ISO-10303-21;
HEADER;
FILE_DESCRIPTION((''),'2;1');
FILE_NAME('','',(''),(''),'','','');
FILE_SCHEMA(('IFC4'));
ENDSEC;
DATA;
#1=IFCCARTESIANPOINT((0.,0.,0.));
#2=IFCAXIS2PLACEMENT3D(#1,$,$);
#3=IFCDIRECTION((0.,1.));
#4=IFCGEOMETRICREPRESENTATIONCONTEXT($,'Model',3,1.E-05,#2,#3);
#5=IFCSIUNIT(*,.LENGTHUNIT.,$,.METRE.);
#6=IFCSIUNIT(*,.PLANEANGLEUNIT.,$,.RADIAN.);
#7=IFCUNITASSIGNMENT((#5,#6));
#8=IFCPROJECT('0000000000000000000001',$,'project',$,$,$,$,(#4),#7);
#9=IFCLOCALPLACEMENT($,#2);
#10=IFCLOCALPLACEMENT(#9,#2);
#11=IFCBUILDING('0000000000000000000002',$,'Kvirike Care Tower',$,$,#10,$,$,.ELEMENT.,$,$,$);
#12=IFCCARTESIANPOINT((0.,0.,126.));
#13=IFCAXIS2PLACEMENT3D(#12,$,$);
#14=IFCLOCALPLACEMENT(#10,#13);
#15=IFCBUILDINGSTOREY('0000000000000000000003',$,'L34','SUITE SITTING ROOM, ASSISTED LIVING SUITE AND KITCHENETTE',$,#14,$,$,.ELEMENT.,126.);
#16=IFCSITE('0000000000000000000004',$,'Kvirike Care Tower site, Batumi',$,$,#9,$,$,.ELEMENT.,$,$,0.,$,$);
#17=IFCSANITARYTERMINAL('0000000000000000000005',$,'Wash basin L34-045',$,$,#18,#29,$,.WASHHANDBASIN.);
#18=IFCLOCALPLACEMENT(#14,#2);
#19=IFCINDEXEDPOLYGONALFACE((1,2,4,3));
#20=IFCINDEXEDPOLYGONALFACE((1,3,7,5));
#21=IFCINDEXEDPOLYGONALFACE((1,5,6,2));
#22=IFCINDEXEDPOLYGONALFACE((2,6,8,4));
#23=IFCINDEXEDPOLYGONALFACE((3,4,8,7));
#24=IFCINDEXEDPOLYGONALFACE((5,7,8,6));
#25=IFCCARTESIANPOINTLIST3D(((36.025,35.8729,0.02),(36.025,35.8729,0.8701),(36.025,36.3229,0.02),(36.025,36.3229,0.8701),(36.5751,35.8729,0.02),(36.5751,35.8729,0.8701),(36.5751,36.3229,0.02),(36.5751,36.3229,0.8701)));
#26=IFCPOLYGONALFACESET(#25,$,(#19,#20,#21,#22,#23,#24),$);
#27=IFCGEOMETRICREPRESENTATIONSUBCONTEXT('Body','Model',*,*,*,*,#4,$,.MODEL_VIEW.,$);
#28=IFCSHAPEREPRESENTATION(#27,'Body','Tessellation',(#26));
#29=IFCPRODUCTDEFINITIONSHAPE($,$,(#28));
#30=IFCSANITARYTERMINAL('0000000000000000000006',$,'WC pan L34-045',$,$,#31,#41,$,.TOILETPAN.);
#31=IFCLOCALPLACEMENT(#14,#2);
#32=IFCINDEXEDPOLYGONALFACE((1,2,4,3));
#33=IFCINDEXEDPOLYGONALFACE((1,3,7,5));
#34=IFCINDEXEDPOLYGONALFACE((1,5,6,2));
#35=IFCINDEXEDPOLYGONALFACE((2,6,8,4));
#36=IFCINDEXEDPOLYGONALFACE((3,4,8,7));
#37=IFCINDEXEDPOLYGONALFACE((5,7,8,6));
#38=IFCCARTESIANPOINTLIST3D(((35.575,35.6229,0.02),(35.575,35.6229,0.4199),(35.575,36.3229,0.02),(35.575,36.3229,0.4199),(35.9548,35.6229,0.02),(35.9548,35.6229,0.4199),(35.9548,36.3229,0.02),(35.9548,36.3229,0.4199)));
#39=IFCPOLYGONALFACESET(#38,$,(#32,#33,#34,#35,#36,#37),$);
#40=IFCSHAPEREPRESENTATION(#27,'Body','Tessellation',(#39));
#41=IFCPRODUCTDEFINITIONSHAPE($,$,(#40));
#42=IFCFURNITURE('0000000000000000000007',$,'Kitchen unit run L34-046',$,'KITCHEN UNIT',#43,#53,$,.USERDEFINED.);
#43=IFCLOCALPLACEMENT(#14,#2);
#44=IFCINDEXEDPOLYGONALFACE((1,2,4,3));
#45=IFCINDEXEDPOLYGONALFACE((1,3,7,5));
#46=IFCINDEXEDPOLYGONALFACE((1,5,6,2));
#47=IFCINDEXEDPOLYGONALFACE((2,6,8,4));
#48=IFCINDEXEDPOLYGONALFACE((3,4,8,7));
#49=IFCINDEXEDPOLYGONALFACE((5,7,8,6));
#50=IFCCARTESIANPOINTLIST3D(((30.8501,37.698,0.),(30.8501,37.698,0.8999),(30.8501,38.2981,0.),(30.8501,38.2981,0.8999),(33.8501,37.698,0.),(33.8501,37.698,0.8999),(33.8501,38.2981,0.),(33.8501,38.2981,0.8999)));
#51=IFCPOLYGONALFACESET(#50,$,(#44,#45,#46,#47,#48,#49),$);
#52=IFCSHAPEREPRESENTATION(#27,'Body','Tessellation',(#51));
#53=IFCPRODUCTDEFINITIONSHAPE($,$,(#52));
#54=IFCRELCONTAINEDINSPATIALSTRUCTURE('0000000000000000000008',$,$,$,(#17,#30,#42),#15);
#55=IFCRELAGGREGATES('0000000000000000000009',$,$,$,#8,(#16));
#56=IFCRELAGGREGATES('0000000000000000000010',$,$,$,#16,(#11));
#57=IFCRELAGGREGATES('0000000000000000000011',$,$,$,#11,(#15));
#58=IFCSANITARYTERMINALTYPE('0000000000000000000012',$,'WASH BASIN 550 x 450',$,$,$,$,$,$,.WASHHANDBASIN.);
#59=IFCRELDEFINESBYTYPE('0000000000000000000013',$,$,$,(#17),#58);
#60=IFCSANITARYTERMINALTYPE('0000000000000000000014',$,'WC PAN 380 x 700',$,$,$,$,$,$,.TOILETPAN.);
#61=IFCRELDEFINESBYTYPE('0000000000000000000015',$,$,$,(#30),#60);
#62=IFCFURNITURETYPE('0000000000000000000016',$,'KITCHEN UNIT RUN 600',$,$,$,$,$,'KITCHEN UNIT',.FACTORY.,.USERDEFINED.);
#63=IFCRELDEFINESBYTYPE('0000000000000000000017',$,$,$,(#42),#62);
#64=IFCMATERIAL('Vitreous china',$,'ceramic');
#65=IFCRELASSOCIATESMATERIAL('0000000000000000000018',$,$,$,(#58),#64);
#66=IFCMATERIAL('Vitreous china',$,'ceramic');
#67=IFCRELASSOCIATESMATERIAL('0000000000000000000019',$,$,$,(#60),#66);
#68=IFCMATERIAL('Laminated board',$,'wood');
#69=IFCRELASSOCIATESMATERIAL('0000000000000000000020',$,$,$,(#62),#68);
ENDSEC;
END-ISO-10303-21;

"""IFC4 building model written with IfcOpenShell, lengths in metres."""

from ifc_helpers import new_model, si_unit, direction, frame, origin, origin_2d, place, context, subcontext, project, spatial, rectangle, extrude, material, type_object, element, save


model = new_model("IFC4")

# Units and contexts
model_context = context("Model", 3, precision=1e-05, world=origin(), true_north=direction((0.0, 1.0)))
body_context = subcontext(model_context, "Body", "Model", "MODEL_VIEW")
ifc_project = project(units=[si_unit("LENGTHUNIT", "METRE"), si_unit("PLANEANGLEUNIT", "RADIAN")], contexts=[model_context])

# Site, building, storey
site_placement = place(None, origin())
site = spatial("IfcSite", under=ifc_project, at=site_placement, Name="Kvirike Care Tower site, Batumi", CompositionType="ELEMENT", RefElevation=0.0)
building_placement = place(site_placement, origin())
building = spatial("IfcBuilding", under=site, at=building_placement, Name="Kvirike Care Tower", CompositionType="ELEMENT")
storey_placement = place(building_placement, frame((0.0, 0.0, 126.0)))
storey = spatial("IfcBuildingStorey", under=building, at=storey_placement, Name="L34", Description="SUITE SITTING ROOM, ASSISTED LIVING SUITE AND KITCHENETTE", CompositionType="ELEMENT", Elevation=126.0)

# Sanitary terminals
ifc_material_1 = material(Name="Vitreous china", Category="ceramic")
sanitary_terminal_type_1 = type_object("IfcSanitaryTerminalType", Name="WASH BASIN 550 x 450", PredefinedType="WASHHANDBASIN", material=ifc_material_1)
sanitary_terminal_1_placement = place(storey_placement, frame((36.3, 36.0979, 0.02), z_axis=(0.0, 0.0, 1.0), x_axis=(1.0, 0.0, 0.0)))
element("IfcSanitaryTerminal", 1, at=sanitary_terminal_1_placement, inside=storey, type_object=sanitary_terminal_type_1, Name="Wash basin L34-045", PredefinedType="WASHHANDBASIN", context=body_context, shape_type="SweptSolid", body=[
    extrude(rectangle(XDim=0.55, YDim=0.45, at=origin_2d()), origin(), (0.0, 0.0, 1.0), 0.8501),
])
ifc_material_2 = material(Name="Vitreous china", Category="ceramic")
sanitary_terminal_type_2 = type_object("IfcSanitaryTerminalType", Name="WC PAN 380 x 700", PredefinedType="TOILETPAN", material=ifc_material_2)
sanitary_terminal_2_placement = place(storey_placement, frame((35.7649, 35.9729, 0.02), z_axis=(0.0, 0.0, 1.0), x_axis=(1.0, 0.0, 0.0)))
element("IfcSanitaryTerminal", 2, at=sanitary_terminal_2_placement, inside=storey, type_object=sanitary_terminal_type_2, Name="WC pan L34-045", PredefinedType="TOILETPAN", context=body_context, shape_type="SweptSolid", body=[
    extrude(rectangle(XDim=0.3799, YDim=0.7, at=origin_2d()), origin(), (0.0, 0.0, 1.0), 0.3999),
])

# Furniture
ifc_material_3 = material(Name="Laminated board", Category="wood")
furniture_type = type_object("IfcFurnitureType", Name="KITCHEN UNIT RUN 600", ElementType="KITCHEN UNIT", AssemblyPlace="FACTORY", PredefinedType="USERDEFINED", material=ifc_material_3)
furniture_placement = place(storey_placement, frame((32.3501, 37.998, 0.0), z_axis=(0.0, 0.0, 1.0), x_axis=(1.0, 0.0, 0.0)))
element("IfcFurniture", 3, at=furniture_placement, inside=storey, type_object=furniture_type, Name="Kitchen unit run L34-046", ObjectType="KITCHEN UNIT", PredefinedType="USERDEFINED", context=body_context, shape_type="SweptSolid", body=[
    extrude(rectangle(XDim=3.0, YDim=0.6001, at=origin_2d()), origin(), (0.0, 0.0, 1.0), 0.8999),
])

save(model, "model.ifc")
